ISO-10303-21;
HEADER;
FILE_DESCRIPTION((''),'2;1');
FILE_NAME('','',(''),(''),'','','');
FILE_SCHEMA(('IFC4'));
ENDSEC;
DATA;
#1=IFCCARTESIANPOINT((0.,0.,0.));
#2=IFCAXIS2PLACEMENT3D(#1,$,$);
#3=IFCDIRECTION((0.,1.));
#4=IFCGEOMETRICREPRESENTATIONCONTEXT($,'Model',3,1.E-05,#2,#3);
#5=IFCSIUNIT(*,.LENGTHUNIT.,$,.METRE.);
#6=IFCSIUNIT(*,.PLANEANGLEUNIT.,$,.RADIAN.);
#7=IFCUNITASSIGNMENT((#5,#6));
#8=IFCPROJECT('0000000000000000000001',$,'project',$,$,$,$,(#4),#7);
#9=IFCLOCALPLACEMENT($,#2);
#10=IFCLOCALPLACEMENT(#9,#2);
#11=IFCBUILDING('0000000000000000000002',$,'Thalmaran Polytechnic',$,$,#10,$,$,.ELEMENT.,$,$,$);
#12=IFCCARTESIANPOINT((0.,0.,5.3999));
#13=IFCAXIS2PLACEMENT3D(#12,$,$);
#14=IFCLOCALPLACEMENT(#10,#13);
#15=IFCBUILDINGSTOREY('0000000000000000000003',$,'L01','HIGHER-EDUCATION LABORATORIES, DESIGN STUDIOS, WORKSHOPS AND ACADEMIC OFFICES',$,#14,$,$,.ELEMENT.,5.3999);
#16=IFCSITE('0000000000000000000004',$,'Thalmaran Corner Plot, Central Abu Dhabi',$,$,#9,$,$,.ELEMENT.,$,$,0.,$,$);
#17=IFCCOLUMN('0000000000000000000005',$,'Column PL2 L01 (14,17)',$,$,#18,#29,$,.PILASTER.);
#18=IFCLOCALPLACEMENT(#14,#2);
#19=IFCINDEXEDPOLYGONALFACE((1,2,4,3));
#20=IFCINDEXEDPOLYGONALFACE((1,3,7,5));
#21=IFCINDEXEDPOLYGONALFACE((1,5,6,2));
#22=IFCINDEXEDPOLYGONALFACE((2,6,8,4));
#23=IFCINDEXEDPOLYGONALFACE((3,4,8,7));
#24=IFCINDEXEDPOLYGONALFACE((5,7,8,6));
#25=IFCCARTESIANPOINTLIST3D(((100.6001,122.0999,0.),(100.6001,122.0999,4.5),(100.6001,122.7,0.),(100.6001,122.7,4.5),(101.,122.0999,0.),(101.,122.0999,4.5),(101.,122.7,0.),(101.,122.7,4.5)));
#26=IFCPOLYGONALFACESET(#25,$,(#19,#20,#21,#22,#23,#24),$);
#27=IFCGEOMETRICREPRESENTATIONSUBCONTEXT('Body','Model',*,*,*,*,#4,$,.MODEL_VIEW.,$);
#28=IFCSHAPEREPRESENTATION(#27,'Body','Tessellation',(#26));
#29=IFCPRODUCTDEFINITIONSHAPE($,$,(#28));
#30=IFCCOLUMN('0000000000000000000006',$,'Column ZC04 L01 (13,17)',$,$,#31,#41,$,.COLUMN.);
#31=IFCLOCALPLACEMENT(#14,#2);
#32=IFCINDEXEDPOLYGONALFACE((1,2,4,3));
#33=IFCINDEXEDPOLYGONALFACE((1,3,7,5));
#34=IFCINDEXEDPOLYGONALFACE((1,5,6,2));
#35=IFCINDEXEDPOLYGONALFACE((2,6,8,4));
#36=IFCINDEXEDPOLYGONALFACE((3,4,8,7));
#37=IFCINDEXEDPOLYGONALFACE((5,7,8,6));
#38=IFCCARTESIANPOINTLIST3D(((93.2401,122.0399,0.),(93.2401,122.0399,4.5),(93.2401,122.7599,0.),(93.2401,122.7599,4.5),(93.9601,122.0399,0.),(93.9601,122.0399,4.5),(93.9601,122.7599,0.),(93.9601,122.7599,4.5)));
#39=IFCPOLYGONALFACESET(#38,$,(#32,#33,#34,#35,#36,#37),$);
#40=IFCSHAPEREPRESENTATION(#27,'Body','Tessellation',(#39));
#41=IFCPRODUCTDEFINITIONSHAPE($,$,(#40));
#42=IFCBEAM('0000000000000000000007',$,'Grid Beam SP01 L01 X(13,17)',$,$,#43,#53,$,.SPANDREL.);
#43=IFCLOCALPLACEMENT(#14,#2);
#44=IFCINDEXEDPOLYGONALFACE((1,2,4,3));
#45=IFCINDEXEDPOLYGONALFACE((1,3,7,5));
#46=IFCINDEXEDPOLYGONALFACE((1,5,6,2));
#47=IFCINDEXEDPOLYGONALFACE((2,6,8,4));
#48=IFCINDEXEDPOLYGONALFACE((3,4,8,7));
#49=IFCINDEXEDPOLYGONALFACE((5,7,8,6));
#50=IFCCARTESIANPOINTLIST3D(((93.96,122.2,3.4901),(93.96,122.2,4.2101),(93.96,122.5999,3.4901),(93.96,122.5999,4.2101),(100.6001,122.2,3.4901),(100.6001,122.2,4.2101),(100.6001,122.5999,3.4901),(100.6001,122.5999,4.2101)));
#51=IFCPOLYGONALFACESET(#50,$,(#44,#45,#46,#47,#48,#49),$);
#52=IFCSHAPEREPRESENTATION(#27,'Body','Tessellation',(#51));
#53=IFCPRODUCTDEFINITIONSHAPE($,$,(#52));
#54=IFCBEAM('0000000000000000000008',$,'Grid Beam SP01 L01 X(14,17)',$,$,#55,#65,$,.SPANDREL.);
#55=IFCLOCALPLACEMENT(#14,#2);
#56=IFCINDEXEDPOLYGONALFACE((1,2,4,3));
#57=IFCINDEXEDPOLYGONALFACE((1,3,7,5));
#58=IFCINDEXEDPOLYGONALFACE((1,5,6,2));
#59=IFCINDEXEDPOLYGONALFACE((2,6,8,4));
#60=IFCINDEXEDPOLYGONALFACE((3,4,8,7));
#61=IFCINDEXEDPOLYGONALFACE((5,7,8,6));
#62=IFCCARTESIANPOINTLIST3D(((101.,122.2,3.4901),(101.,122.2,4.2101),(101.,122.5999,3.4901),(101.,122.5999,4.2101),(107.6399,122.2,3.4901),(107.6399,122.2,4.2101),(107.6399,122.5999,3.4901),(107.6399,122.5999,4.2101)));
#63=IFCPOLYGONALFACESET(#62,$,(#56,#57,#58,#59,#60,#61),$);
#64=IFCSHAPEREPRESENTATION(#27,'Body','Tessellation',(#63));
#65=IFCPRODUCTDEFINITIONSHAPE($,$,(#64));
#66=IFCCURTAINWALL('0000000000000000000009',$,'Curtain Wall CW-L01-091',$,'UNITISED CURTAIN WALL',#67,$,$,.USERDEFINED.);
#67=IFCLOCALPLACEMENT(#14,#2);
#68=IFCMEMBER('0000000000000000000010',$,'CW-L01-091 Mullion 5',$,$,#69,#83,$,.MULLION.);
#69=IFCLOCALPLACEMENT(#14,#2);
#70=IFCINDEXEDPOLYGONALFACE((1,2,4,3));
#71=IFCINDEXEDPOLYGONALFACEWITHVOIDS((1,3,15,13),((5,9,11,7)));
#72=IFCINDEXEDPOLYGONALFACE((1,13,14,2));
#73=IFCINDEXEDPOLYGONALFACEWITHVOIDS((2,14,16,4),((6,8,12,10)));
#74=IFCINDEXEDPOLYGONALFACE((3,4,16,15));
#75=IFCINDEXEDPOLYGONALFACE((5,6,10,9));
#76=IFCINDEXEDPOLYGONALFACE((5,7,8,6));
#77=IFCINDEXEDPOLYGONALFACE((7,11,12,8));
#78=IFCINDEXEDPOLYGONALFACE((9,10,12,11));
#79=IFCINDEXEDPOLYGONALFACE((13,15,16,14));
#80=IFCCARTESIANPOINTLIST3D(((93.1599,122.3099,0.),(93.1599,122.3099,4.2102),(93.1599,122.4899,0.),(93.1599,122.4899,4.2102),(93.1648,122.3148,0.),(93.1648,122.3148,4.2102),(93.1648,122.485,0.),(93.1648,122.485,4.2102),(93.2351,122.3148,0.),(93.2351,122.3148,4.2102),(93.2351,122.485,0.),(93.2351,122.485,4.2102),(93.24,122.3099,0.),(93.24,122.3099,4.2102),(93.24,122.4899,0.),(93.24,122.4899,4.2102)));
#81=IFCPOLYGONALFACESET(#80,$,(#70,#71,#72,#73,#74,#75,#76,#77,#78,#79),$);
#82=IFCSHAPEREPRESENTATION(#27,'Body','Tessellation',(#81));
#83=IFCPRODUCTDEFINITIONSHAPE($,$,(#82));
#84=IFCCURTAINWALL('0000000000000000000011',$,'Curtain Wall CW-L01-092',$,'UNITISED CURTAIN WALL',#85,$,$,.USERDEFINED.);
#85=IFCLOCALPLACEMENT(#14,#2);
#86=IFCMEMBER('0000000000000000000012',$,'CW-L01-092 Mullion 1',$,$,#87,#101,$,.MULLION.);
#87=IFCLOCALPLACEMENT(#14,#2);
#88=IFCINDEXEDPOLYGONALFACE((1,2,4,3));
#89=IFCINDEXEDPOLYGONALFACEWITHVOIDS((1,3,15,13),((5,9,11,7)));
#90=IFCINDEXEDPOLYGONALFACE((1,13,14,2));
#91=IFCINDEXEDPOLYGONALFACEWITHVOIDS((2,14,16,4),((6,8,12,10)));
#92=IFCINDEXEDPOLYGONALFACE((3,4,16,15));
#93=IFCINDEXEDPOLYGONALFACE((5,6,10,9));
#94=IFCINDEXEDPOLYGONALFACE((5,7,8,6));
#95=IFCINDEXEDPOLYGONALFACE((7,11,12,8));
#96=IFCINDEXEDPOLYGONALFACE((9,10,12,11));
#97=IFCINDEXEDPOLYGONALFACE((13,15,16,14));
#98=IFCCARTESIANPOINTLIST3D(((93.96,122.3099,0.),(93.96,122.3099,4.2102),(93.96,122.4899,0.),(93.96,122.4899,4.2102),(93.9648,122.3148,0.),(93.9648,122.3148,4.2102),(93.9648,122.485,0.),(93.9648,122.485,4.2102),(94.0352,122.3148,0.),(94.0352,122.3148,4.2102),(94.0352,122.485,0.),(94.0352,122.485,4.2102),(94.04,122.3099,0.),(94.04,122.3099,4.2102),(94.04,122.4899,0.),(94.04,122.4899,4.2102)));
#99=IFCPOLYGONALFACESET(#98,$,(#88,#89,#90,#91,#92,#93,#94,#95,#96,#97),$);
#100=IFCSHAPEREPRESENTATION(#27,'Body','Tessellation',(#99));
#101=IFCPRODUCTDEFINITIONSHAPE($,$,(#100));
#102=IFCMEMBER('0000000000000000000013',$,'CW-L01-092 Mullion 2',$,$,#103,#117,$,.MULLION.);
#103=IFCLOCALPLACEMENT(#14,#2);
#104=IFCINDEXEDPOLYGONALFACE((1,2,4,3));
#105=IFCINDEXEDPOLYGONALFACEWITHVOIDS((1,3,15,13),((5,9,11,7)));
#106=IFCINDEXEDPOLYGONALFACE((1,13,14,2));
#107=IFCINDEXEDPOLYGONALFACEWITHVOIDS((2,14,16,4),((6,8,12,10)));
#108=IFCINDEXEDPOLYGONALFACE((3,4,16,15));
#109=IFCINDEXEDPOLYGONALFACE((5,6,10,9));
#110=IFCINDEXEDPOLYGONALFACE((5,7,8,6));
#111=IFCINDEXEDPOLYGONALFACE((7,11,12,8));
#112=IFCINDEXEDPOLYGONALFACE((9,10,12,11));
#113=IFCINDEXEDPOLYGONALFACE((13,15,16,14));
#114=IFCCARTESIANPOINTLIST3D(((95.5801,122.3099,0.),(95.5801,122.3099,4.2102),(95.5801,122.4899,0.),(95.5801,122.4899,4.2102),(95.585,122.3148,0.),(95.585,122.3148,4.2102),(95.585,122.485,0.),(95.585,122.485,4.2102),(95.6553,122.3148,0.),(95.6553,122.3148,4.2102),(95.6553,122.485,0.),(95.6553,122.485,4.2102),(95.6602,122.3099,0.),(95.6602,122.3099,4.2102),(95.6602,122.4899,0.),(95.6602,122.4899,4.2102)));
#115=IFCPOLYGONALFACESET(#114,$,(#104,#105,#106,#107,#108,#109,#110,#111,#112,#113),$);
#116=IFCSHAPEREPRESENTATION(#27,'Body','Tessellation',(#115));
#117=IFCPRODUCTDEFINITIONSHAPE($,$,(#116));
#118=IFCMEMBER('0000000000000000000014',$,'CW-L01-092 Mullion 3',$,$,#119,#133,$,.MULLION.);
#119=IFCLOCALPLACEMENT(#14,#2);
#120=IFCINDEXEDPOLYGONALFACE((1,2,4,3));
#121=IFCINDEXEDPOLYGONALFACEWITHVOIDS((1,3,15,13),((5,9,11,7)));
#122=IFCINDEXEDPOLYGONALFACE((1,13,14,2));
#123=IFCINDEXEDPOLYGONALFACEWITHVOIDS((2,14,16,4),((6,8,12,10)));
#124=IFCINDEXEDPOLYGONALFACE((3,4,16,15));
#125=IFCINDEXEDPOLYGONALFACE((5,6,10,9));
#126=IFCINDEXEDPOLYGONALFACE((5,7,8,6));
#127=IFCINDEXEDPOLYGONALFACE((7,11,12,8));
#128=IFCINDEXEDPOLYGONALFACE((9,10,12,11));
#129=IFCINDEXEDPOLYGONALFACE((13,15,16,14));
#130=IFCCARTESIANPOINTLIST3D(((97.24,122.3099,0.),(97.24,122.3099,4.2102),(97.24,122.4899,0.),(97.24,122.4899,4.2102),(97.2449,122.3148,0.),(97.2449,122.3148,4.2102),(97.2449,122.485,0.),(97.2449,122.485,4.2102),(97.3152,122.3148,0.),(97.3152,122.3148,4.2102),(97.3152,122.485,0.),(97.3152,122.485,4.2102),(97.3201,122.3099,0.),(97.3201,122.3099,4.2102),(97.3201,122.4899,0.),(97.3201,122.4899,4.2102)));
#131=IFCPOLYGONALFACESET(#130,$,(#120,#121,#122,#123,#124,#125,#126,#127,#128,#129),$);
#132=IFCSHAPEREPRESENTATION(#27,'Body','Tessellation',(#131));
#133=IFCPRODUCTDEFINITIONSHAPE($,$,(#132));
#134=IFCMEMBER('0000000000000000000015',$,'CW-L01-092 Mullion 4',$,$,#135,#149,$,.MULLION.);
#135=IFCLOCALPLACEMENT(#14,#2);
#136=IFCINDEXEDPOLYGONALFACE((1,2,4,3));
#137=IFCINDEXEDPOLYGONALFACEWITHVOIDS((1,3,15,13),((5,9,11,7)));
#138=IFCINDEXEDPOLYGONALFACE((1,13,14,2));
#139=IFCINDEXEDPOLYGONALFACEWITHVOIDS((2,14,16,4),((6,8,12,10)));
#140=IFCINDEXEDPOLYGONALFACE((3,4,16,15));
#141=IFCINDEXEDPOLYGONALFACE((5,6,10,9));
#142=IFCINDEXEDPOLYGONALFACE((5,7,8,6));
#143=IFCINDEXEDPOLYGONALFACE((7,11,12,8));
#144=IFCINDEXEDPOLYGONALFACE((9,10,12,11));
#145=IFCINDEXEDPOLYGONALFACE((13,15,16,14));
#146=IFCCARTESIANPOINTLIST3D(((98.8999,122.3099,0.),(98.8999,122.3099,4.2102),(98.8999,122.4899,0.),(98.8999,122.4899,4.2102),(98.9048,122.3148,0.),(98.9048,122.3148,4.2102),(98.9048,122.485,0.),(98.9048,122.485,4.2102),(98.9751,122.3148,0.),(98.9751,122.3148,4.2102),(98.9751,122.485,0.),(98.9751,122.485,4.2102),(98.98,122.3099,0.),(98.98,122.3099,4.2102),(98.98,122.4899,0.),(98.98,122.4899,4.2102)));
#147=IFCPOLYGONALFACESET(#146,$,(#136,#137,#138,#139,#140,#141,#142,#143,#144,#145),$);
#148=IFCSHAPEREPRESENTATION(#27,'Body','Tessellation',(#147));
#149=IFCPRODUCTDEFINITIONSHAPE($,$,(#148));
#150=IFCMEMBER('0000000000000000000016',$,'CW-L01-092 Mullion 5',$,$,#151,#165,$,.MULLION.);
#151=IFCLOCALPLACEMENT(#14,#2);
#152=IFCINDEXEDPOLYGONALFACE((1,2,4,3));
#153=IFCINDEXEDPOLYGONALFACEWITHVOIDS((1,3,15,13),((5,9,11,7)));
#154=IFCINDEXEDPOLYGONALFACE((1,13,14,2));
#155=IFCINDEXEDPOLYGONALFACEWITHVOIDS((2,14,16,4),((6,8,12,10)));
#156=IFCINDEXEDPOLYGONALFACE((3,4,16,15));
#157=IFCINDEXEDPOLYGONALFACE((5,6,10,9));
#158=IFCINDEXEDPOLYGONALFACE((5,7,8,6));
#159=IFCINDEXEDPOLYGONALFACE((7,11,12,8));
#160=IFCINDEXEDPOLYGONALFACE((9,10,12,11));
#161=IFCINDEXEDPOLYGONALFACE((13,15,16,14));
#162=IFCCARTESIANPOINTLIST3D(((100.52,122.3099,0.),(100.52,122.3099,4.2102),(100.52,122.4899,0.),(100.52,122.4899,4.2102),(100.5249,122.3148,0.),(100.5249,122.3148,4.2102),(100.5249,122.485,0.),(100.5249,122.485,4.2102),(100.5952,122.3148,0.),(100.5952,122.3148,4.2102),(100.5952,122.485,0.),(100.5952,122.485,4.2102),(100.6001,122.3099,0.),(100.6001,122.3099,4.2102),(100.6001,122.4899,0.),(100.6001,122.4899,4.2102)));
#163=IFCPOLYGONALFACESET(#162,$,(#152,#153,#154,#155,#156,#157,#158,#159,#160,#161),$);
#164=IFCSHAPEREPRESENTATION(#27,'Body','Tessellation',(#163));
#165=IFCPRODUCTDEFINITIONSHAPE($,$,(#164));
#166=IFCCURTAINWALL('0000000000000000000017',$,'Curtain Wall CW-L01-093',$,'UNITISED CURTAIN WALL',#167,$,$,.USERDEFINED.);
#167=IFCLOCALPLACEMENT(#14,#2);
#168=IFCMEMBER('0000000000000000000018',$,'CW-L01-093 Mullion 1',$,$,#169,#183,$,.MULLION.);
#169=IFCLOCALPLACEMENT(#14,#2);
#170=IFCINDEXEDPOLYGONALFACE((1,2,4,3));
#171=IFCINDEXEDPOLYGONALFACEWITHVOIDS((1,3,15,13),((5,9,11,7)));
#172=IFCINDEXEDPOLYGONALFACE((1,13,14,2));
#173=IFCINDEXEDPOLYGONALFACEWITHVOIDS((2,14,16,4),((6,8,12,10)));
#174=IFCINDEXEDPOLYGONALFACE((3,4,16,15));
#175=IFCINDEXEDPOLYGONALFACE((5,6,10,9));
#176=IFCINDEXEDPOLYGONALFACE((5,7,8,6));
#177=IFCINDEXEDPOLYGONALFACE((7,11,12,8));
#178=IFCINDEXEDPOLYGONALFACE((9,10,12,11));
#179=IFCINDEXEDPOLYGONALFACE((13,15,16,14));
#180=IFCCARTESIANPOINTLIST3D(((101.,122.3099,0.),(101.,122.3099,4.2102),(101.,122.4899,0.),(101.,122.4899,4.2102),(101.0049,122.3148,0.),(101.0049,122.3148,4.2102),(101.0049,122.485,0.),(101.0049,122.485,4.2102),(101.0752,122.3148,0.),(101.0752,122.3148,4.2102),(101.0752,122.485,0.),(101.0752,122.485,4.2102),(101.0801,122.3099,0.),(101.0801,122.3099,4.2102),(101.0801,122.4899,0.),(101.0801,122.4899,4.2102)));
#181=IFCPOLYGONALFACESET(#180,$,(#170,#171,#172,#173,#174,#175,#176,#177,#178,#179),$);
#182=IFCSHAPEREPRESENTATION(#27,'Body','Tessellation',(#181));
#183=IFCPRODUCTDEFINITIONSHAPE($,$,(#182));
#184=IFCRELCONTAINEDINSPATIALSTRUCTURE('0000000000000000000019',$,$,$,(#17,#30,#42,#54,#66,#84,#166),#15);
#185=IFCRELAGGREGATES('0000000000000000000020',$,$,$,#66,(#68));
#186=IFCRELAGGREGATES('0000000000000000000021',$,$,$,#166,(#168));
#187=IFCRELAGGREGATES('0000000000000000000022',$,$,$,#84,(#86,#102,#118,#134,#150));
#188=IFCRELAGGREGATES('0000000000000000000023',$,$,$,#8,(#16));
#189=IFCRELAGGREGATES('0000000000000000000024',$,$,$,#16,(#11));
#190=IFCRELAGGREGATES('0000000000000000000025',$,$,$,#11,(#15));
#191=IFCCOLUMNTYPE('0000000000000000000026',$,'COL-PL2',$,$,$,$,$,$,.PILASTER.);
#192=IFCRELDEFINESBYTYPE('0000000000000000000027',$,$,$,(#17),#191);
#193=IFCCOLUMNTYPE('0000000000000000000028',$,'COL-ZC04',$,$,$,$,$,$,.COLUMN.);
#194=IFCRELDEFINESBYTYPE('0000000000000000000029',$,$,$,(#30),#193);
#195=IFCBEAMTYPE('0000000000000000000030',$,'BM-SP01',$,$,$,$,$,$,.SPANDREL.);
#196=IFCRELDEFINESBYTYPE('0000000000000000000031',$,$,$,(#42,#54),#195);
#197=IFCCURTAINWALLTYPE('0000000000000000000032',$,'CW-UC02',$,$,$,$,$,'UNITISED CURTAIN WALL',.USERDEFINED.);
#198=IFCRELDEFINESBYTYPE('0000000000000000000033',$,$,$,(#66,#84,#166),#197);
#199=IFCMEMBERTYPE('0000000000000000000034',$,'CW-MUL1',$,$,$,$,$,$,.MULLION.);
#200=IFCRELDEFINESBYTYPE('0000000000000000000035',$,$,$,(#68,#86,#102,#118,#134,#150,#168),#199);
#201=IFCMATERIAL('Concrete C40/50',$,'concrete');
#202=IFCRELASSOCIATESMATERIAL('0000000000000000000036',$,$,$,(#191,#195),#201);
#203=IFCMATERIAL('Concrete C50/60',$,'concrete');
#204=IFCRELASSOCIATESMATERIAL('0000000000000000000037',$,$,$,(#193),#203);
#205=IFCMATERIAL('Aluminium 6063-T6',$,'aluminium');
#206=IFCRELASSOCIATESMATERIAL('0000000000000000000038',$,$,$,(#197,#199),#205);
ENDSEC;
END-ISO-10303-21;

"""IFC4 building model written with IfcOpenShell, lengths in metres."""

from ifc_helpers import new_model, si_unit, direction, frame, origin, origin_2d, place, context, subcontext, project, spatial, rectangle, hollow_rectangle, extrude, material, material_profile, profile_set, type_object, element, aggregate, save


model = new_model("IFC4")

# Units and contexts
model_context = context("Model", 3, precision=1e-05, world=origin(), true_north=direction((0.0, 1.0)))
body_context = subcontext(model_context, "Body", "Model", "MODEL_VIEW")
ifc_project = project(units=[si_unit("LENGTHUNIT", "METRE"), si_unit("PLANEANGLEUNIT", "RADIAN")], contexts=[model_context])

# Site, building, storey
site_placement = place(None, origin())
site = spatial("IfcSite", under=ifc_project, at=site_placement, Name="Thalmaran Corner Plot, Central Abu Dhabi", CompositionType="ELEMENT", RefElevation=0.0)
building_placement = place(site_placement, origin())
building = spatial("IfcBuilding", under=site, at=building_placement, Name="Thalmaran Polytechnic", CompositionType="ELEMENT")
storey_placement = place(building_placement, frame((0.0, 0.0, 5.3999)))
storey = spatial("IfcBuildingStorey", under=building, at=storey_placement, Name="L01", Description="HIGHER-EDUCATION LABORATORIES, DESIGN STUDIOS, WORKSHOPS AND ACADEMIC OFFICES", CompositionType="ELEMENT", Elevation=5.3999)

# Columns
ifc_material_1 = material(Name="Concrete C40/50", Category="concrete")
ifc_material_profile_1 = material_profile(ifc_material_1, rectangle(XDim=0.3999, YDim=0.6001, at=origin_2d()), Name="RC 400x600")
ifc_profile_set_1 = profile_set([ifc_material_profile_1], Name="Concrete C40/50")
column_type_1 = type_object("IfcColumnType", Name="COL-PL2", PredefinedType="PILASTER", material=ifc_profile_set_1)
column_1_placement = place(storey_placement, frame((100.8, 122.3999, 0.0), z_axis=(0.0, 0.0, 1.0), x_axis=(1.0, 0.0, 0.0)))
element("IfcColumn", 1, at=column_1_placement, inside=storey, type_object=column_type_1, Name="Column PL2 L01 (14,17)", PredefinedType="PILASTER", context=body_context, shape_type="SweptSolid", body=[
    extrude(rectangle(XDim=0.3999, YDim=0.6001, at=origin_2d()), origin(), (0.0, 0.0, 1.0), 4.5),
])
ifc_material_2 = material(Name="Concrete C50/60", Category="concrete")
ifc_material_profile_2 = material_profile(ifc_material_2, rectangle(XDim=0.72, YDim=0.72, at=origin_2d()), Name="RC 720x720")
ifc_profile_set_2 = profile_set([ifc_material_profile_2], Name="Concrete C50/60")
column_type_2 = type_object("IfcColumnType", Name="COL-ZC04", PredefinedType="COLUMN", material=ifc_profile_set_2)
column_2_placement = place(storey_placement, frame((93.6001, 122.3999, 0.0), z_axis=(0.0, 0.0, 1.0), x_axis=(1.0, 0.0, 0.0)))
element("IfcColumn", 2, at=column_2_placement, inside=storey, type_object=column_type_2, Name="Column ZC04 L01 (13,17)", PredefinedType="COLUMN", context=body_context, shape_type="SweptSolid", body=[
    extrude(rectangle(XDim=0.72, YDim=0.72, at=origin_2d()), origin(), (0.0, 0.0, 1.0), 4.5),
])

# Beams
ifc_material_profile_3 = material_profile(ifc_material_1, rectangle(XDim=0.3999, YDim=0.72, at=origin_2d()), Name="RC 400x720")
ifc_profile_set_3 = profile_set([ifc_material_profile_3], Name="Concrete C40/50")
beam_type = type_object("IfcBeamType", Name="BM-SP01", PredefinedType="SPANDREL", material=ifc_profile_set_3)
beam_1_placement = place(storey_placement, frame((93.96, 122.3999, 3.8501), z_axis=(1.0, 0.0, 0.0), x_axis=(0.0, 1.0, 0.0)))
element("IfcBeam", 3, at=beam_1_placement, inside=storey, type_object=beam_type, Name="Grid Beam SP01 L01 X(13,17)", PredefinedType="SPANDREL", context=body_context, shape_type="SweptSolid", body=[
    extrude(rectangle(XDim=0.3999, YDim=0.72, at=origin_2d()), origin(), (0.0, 0.0, 1.0), 6.6401),
])
beam_2_placement = place(storey_placement, frame((101.0, 122.3999, 3.8501), z_axis=(1.0, 0.0, 0.0), x_axis=(0.0, 1.0, 0.0)))
element("IfcBeam", 4, at=beam_2_placement, inside=storey, type_object=beam_type, Name="Grid Beam SP01 L01 X(14,17)", PredefinedType="SPANDREL", context=body_context, shape_type="SweptSolid", body=[
    extrude(rectangle(XDim=0.3999, YDim=0.72, at=origin_2d()), origin(), (0.0, 0.0, 1.0), 6.6399),
])

# Curtain wall, member
ifc_material_3 = material(Name="Aluminium 6063-T6", Category="aluminium")
curtain_wall_type = type_object("IfcCurtainWallType", Name="CW-UC02", ElementType="UNITISED CURTAIN WALL", PredefinedType="USERDEFINED", material=ifc_material_3)
curtain_wall_1_placement = place(storey_placement, origin())
curtain_wall_1 = element("IfcCurtainWall", 5, at=curtain_wall_1_placement, inside=storey, type_object=curtain_wall_type, Name="Curtain Wall CW-L01-091", ObjectType="UNITISED CURTAIN WALL", PredefinedType="USERDEFINED")
ifc_material_profile_4 = material_profile(ifc_material_3, hollow_rectangle(XDim=0.0801, YDim=0.1799, WallThickness=0.0049, at=origin_2d()), Name="RHS 180x80x5.0")
ifc_profile_set_4 = profile_set([ifc_material_profile_4], Name="Aluminium 6063-T6")
member_type_1 = type_object("IfcMemberType", Name="CW-MUL1", PredefinedType="MULLION", material=ifc_profile_set_4)
member_1_placement = place(storey_placement, frame((93.2, 122.3999, 0.0), z_axis=(0.0, 0.0, 1.0), x_axis=(1.0, 0.0, 0.0)))
member_1 = element("IfcMember", 6, at=member_1_placement, type_object=member_type_1, Name="CW-L01-091 Mullion 5", PredefinedType="MULLION", context=body_context, shape_type="SweptSolid", body=[
    extrude(hollow_rectangle(XDim=0.0801, YDim=0.1799, WallThickness=0.0049, at=origin_2d()), origin(), (0.0, 0.0, 1.0), 4.2102),
])

# Curtain wall, members
curtain_wall_2_placement = place(storey_placement, origin())
curtain_wall_2 = element("IfcCurtainWall", 7, at=curtain_wall_2_placement, inside=storey, type_object=curtain_wall_type, Name="Curtain Wall CW-L01-092", ObjectType="UNITISED CURTAIN WALL", PredefinedType="USERDEFINED")
member_2_placement = place(storey_placement, frame((94.0, 122.3999, 0.0), z_axis=(0.0, 0.0, 1.0), x_axis=(1.0, 0.0, 0.0)))
member_2 = element("IfcMember", 8, at=member_2_placement, type_object=member_type_1, Name="CW-L01-092 Mullion 1", PredefinedType="MULLION", context=body_context, shape_type="SweptSolid", body=[
    extrude(hollow_rectangle(XDim=0.0801, YDim=0.1799, WallThickness=0.0049, at=origin_2d()), origin(), (0.0, 0.0, 1.0), 4.2102),
])
member_3_placement = place(storey_placement, frame((95.6201, 122.3999, 0.0), z_axis=(0.0, 0.0, 1.0), x_axis=(1.0, 0.0, 0.0)))
member_3 = element("IfcMember", 9, at=member_3_placement, type_object=member_type_1, Name="CW-L01-092 Mullion 2", PredefinedType="MULLION", context=body_context, shape_type="SweptSolid", body=[
    extrude(hollow_rectangle(XDim=0.0801, YDim=0.1799, WallThickness=0.0049, at=origin_2d()), origin(), (0.0, 0.0, 1.0), 4.2102),
])
member_4_placement = place(storey_placement, frame((97.28, 122.3999, 0.0), z_axis=(0.0, 0.0, 1.0), x_axis=(1.0, 0.0, 0.0)))
member_4 = element("IfcMember", 10, at=member_4_placement, type_object=member_type_1, Name="CW-L01-092 Mullion 3", PredefinedType="MULLION", context=body_context, shape_type="SweptSolid", body=[
    extrude(hollow_rectangle(XDim=0.0801, YDim=0.1799, WallThickness=0.0049, at=origin_2d()), origin(), (0.0, 0.0, 1.0), 4.2102),
])
member_5_placement = place(storey_placement, frame((98.9399, 122.3999, 0.0), z_axis=(0.0, 0.0, 1.0), x_axis=(1.0, 0.0, 0.0)))
member_5 = element("IfcMember", 11, at=member_5_placement, type_object=member_type_1, Name="CW-L01-092 Mullion 4", PredefinedType="MULLION", context=body_context, shape_type="SweptSolid", body=[
    extrude(hollow_rectangle(XDim=0.0801, YDim=0.1799, WallThickness=0.0049, at=origin_2d()), origin(), (0.0, 0.0, 1.0), 4.2102),
])
member_6_placement = place(storey_placement, frame((100.5601, 122.3999, 0.0), z_axis=(0.0, 0.0, 1.0), x_axis=(1.0, 0.0, 0.0)))
member_6 = element("IfcMember", 12, at=member_6_placement, type_object=member_type_1, Name="CW-L01-092 Mullion 5", PredefinedType="MULLION", context=body_context, shape_type="SweptSolid", body=[
    extrude(hollow_rectangle(XDim=0.0801, YDim=0.1799, WallThickness=0.0049, at=origin_2d()), origin(), (0.0, 0.0, 1.0), 4.2102),
])

# Curtain wall, member
curtain_wall_3_placement = place(storey_placement, origin())
curtain_wall_3 = element("IfcCurtainWall", 13, at=curtain_wall_3_placement, inside=storey, type_object=curtain_wall_type, Name="Curtain Wall CW-L01-093", ObjectType="UNITISED CURTAIN WALL", PredefinedType="USERDEFINED")
member_7_placement = place(storey_placement, frame((101.04, 122.3999, 0.0), z_axis=(0.0, 0.0, 1.0), x_axis=(1.0, 0.0, 0.0)))
member_7 = element("IfcMember", 14, at=member_7_placement, type_object=member_type_1, Name="CW-L01-093 Mullion 1", PredefinedType="MULLION", context=body_context, shape_type="SweptSolid", body=[
    extrude(hollow_rectangle(XDim=0.0801, YDim=0.1799, WallThickness=0.0049, at=origin_2d()), origin(), (0.0, 0.0, 1.0), 4.2102),
])

aggregate(curtain_wall_1, [member_1])
aggregate(curtain_wall_3, [member_7])
aggregate(curtain_wall_2, [member_2, member_3, member_4, member_5, member_6])

save(model, "model.ifc")
